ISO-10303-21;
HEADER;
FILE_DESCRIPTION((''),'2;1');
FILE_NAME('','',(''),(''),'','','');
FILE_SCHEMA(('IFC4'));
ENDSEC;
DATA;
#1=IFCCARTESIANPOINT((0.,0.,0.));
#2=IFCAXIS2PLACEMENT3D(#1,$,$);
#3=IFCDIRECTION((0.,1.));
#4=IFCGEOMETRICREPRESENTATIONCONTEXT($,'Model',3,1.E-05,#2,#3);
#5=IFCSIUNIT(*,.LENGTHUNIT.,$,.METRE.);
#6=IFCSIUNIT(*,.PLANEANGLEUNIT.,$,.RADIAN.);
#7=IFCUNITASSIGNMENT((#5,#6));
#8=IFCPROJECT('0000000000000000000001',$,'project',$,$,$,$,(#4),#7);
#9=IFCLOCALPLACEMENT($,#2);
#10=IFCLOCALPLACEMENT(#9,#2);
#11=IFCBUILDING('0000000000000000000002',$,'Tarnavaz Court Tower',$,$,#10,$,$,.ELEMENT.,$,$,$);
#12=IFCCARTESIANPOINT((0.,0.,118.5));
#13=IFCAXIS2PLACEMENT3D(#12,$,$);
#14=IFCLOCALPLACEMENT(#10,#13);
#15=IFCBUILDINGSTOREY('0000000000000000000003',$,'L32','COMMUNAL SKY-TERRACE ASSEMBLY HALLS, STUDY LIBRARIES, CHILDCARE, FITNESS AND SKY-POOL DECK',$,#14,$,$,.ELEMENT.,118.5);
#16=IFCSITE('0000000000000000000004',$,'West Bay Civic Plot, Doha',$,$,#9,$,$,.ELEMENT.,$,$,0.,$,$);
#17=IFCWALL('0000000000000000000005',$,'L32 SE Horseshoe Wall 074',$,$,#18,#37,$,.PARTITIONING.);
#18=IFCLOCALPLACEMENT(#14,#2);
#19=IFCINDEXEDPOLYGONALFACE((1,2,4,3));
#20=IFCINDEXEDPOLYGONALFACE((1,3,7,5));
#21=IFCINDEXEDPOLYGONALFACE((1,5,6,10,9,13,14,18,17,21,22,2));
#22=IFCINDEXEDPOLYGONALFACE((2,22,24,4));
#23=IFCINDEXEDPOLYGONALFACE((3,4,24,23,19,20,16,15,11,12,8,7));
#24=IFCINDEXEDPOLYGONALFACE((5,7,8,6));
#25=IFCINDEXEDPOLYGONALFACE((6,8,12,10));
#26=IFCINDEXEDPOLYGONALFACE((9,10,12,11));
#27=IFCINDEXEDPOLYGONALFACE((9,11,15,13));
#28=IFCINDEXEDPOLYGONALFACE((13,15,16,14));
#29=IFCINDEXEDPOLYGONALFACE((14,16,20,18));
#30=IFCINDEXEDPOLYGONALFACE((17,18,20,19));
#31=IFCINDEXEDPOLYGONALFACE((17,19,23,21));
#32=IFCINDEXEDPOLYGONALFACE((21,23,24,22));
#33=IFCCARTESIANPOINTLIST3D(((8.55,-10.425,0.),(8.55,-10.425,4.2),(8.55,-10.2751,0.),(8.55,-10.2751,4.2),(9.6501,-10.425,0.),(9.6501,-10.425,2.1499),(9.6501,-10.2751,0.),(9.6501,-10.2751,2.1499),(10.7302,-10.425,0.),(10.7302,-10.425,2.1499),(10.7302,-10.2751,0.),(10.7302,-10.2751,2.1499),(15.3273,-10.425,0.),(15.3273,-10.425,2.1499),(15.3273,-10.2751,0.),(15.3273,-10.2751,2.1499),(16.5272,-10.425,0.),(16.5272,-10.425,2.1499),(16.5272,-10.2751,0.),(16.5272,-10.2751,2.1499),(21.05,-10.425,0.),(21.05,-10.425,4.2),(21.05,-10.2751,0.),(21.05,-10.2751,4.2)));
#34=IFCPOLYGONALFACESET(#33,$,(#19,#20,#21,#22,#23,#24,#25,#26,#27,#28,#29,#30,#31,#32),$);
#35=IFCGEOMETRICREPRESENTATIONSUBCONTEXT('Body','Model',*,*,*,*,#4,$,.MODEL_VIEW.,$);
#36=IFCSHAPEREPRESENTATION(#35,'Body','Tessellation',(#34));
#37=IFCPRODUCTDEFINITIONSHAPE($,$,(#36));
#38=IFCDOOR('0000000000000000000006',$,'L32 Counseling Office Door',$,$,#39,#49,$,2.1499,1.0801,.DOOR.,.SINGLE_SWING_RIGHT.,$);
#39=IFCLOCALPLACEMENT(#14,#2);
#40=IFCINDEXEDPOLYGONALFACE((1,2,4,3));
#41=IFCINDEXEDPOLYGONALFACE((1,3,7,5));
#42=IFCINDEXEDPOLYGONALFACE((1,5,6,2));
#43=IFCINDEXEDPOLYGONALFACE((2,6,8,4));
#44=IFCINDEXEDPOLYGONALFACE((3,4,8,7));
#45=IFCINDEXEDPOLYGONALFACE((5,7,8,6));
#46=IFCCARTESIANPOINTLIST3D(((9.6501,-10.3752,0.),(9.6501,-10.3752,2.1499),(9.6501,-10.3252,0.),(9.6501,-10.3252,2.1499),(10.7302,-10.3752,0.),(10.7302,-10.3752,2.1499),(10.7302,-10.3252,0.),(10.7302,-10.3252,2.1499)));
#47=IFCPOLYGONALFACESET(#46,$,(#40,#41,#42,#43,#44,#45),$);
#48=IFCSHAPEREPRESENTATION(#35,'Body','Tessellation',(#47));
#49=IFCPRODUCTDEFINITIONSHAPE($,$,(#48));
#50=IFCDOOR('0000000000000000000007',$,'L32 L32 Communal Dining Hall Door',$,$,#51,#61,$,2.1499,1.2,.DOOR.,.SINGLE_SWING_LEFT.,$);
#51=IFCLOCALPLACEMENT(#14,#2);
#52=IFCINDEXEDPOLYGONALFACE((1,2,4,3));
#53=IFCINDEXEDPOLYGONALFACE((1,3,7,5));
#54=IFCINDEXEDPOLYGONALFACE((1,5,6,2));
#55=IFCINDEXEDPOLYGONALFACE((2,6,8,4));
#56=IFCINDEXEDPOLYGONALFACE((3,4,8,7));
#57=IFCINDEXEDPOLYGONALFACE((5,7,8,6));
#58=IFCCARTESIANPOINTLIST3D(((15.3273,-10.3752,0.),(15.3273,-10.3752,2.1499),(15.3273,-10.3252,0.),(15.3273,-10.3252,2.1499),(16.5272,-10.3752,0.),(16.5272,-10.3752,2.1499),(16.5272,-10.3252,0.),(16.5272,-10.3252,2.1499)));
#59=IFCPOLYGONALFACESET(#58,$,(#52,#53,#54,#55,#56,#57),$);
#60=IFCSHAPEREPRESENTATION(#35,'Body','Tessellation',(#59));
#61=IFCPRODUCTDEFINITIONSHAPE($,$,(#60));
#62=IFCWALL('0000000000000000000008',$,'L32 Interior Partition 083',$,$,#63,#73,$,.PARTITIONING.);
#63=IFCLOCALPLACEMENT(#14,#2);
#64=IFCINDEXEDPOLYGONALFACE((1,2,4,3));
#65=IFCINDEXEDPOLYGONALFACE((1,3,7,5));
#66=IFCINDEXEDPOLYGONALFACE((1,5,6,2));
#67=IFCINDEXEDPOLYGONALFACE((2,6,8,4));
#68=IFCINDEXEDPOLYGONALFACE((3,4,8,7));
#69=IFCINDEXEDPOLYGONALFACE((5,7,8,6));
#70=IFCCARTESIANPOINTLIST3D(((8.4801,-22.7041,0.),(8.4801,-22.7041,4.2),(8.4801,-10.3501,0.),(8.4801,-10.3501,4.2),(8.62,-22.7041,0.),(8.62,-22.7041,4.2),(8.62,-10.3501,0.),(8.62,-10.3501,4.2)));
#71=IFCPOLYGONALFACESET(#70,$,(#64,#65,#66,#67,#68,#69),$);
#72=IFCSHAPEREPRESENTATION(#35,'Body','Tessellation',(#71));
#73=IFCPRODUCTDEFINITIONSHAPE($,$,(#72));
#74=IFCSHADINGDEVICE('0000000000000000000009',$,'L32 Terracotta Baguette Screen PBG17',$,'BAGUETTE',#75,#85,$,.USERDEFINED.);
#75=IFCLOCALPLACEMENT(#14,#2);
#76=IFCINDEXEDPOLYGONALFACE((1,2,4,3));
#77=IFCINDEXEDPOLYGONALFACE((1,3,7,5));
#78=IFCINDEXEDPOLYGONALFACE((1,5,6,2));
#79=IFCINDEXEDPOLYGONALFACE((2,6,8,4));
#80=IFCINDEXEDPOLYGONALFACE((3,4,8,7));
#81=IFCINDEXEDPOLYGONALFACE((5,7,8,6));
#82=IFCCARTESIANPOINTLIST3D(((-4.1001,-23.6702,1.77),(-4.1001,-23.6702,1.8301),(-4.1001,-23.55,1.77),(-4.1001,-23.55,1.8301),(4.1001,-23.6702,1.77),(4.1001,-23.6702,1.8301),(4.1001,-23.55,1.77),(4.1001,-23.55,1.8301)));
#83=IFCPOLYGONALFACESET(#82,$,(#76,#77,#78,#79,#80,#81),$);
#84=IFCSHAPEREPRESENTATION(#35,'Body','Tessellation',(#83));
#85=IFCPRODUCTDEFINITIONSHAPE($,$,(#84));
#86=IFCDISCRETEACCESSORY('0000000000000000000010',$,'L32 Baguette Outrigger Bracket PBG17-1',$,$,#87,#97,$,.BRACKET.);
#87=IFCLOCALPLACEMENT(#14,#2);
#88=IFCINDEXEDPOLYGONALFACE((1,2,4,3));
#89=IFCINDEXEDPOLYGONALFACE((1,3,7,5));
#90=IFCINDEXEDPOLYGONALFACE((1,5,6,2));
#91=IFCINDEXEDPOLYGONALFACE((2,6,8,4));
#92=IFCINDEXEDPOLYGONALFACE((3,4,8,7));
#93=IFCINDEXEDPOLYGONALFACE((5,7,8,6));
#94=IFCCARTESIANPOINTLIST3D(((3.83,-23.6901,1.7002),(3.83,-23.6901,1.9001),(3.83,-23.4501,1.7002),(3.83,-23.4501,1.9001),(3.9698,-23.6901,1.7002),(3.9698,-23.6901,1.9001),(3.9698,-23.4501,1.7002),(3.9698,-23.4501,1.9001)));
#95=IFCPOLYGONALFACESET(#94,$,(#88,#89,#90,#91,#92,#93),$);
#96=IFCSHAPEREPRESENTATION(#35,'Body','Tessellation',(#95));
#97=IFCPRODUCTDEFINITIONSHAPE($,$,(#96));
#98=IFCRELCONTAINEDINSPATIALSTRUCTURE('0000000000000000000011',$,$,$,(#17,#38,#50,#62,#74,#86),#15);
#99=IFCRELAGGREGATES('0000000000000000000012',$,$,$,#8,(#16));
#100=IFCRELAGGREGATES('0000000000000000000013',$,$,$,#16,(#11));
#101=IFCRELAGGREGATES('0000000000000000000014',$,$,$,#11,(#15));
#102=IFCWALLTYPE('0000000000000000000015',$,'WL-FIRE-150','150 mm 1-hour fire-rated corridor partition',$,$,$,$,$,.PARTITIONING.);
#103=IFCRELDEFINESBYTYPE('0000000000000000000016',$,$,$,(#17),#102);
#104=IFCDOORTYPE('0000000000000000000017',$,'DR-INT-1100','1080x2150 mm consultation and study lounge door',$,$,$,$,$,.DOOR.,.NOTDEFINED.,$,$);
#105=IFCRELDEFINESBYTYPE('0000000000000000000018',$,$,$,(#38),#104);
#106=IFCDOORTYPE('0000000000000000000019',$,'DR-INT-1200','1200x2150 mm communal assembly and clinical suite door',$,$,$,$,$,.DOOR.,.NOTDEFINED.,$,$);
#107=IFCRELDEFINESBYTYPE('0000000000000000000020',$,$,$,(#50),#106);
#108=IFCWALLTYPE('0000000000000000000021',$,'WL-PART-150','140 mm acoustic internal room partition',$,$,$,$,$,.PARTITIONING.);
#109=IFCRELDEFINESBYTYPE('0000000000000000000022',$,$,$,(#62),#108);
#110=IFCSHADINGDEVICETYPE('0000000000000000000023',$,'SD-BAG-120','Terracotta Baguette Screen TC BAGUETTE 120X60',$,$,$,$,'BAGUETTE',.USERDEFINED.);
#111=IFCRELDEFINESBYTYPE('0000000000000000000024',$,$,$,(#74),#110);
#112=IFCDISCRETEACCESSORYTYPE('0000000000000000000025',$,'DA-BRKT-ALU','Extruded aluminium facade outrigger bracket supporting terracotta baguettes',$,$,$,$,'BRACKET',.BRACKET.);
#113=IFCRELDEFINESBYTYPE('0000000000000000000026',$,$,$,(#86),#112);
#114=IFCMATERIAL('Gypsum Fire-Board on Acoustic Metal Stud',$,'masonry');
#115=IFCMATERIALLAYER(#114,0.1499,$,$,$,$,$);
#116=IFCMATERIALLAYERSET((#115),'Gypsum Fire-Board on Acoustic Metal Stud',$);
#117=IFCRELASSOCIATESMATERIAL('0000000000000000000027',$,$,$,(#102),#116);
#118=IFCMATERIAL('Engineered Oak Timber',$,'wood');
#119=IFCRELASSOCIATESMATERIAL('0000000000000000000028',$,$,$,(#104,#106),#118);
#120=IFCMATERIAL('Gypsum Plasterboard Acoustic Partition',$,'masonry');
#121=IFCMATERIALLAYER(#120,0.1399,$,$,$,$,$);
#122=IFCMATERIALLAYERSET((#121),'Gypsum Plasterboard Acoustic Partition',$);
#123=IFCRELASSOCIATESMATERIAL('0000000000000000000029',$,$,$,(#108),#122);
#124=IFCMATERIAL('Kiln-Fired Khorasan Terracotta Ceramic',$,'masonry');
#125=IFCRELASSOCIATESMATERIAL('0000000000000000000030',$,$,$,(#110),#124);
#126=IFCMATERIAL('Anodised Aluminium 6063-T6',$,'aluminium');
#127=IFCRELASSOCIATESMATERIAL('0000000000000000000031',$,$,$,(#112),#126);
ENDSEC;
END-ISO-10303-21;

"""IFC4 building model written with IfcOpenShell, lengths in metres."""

from ifc_helpers import new_model, si_unit, direction, frame, frame_2d, origin, origin_2d, place, context, subcontext, project, spatial, rectangle, extrude, material, layer, layer_set, material_profile, profile_set, type_object, element, fill, save


model = new_model("IFC4")

# Units and contexts
model_context = context("Model", 3, precision=1e-05, world=origin(), true_north=direction((0.0, 1.0)))
body_context = subcontext(model_context, "Body", "Model", "MODEL_VIEW")
ifc_project = project(units=[si_unit("LENGTHUNIT", "METRE"), si_unit("PLANEANGLEUNIT", "RADIAN")], contexts=[model_context])

# Site, building, storey
site_placement = place(None, origin())
site = spatial("IfcSite", under=ifc_project, at=site_placement, Name="West Bay Civic Plot, Doha", CompositionType="ELEMENT", RefElevation=0.0)
building_placement = place(site_placement, origin())
building = spatial("IfcBuilding", under=site, at=building_placement, Name="Tarnavaz Court Tower", CompositionType="ELEMENT")
storey_placement = place(building_placement, frame((0.0, 0.0, 118.5)))
storey = spatial("IfcBuildingStorey", under=building, at=storey_placement, Name="L32", Description="COMMUNAL SKY-TERRACE ASSEMBLY HALLS, STUDY LIBRARIES, CHILDCARE, FITNESS AND SKY-POOL DECK", CompositionType="ELEMENT", Elevation=118.5)

# Shared definitions
ifc_material_1 = material(Name="Anodised Aluminium 6063-T6", Category="aluminium")

# Wall, openings, doors
ifc_material_2 = material(Name="Gypsum Fire-Board on Acoustic Metal Stud", Category="masonry")
ifc_layer_1 = layer(ifc_material_2, 0.1499)
ifc_layer_set_1 = layer_set([ifc_layer_1], Name="Gypsum Fire-Board on Acoustic Metal Stud")
wall_type_1 = type_object("IfcWallType", Name="WL-FIRE-150", Description="150 mm 1-hour fire-rated corridor partition", PredefinedType="PARTITIONING", material=ifc_layer_set_1)
wall_1_placement = place(storey_placement, frame((8.55, -10.3501, 0.0), z_axis=(0.0, 0.0, 1.0), x_axis=(1.0, 0.0, 0.0)))
wall_1 = element("IfcWall", 1, at=wall_1_placement, inside=storey, type_object=wall_type_1, Name="L32 SE Horseshoe Wall 074", PredefinedType="PARTITIONING", context=body_context, shape_type="SweptSolid", body=[
    extrude(rectangle(XDim=12.5, YDim=0.1499, at=frame_2d((6.25, 0.0))), origin(), (0.0, 0.0, 1.0), 4.2),
])
opening_1_placement = place(wall_1_placement, frame((1.1001, 0.0, 0.0)))
opening_1 = element("IfcOpeningElement", 2, at=opening_1_placement, cuts=wall_1, PredefinedType="OPENING", context=body_context, shape_type="SweptSolid", body=[
    extrude(rectangle(XDim=1.0801, YDim=2.1499, at=frame_2d((0.54, 1.075))), frame((0.0, 0.085, 0.0), z_axis=(0.0, -1.0, 0.0), x_axis=(1.0, 0.0, 0.0)), (0.0, 0.0, 1.0), 0.1699),
])
opening_2_placement = place(wall_1_placement, frame((6.7771, 0.0, 0.0)))
opening_2 = element("IfcOpeningElement", 3, at=opening_2_placement, cuts=wall_1, PredefinedType="OPENING", context=body_context, shape_type="SweptSolid", body=[
    extrude(rectangle(XDim=1.2, YDim=2.1499, at=frame_2d((0.6001, 1.075))), frame((0.0, 0.085, 0.0), z_axis=(0.0, -1.0, 0.0), x_axis=(1.0, 0.0, 0.0)), (0.0, 0.0, 1.0), 0.1699),
])
ifc_material_3 = material(Name="Engineered Oak Timber", Category="wood")
door_type_1 = type_object("IfcDoorType", Name="DR-INT-1100", Description="1080x2150 mm consultation and study lounge door", OperationType="NOTDEFINED", PredefinedType="DOOR", material=ifc_material_3)
door_1_placement = place(opening_1_placement, origin())
door_1 = element("IfcDoor", 4, at=door_1_placement, inside=storey, type_object=door_type_1, Name="L32 Counseling Office Door", OperationType="SINGLE_SWING_RIGHT", OverallHeight=2.1499, OverallWidth=1.0801, PredefinedType="DOOR", context=body_context, shape_type="SweptSolid", body=[
    extrude(rectangle(XDim=1.0801, YDim=2.1499, at=frame_2d((0.54, 1.075))), frame((0.0, 0.0249, 0.0), z_axis=(0.0, -1.0, 0.0), x_axis=(1.0, 0.0, 0.0)), (0.0, 0.0, 1.0), 0.05),
])
fill(opening_1, door_1)
door_type_2 = type_object("IfcDoorType", Name="DR-INT-1200", Description="1200x2150 mm communal assembly and clinical suite door", OperationType="NOTDEFINED", PredefinedType="DOOR", material=ifc_material_3)
door_2_placement = place(opening_2_placement, origin())
door_2 = element("IfcDoor", 5, at=door_2_placement, inside=storey, type_object=door_type_2, Name="L32 L32 Communal Dining Hall Door", OperationType="SINGLE_SWING_LEFT", OverallHeight=2.1499, OverallWidth=1.2, PredefinedType="DOOR", context=body_context, shape_type="SweptSolid", body=[
    extrude(rectangle(XDim=1.2, YDim=2.1499, at=frame_2d((0.6001, 1.075))), frame((0.0, 0.0249, 0.0), z_axis=(0.0, -1.0, 0.0), x_axis=(1.0, 0.0, 0.0)), (0.0, 0.0, 1.0), 0.05),
])
fill(opening_2, door_2)

# Wall
ifc_material_4 = material(Name="Gypsum Plasterboard Acoustic Partition", Category="masonry")
ifc_layer_2 = layer(ifc_material_4, 0.1399)
ifc_layer_set_2 = layer_set([ifc_layer_2], Name="Gypsum Plasterboard Acoustic Partition")
wall_type_2 = type_object("IfcWallType", Name="WL-PART-150", Description="140 mm acoustic internal room partition", PredefinedType="PARTITIONING", material=ifc_layer_set_2)
wall_2_placement = place(storey_placement, frame((8.55, -22.7041, 0.0), z_axis=(0.0, 0.0, 1.0), x_axis=(0.0, 1.0, 0.0)))
element("IfcWall", 6, at=wall_2_placement, inside=storey, type_object=wall_type_2, Name="L32 Interior Partition 083", PredefinedType="PARTITIONING", context=body_context, shape_type="SweptSolid", body=[
    extrude(rectangle(XDim=12.354, YDim=0.1399, at=frame_2d((6.177, 0.0))), origin(), (0.0, 0.0, 1.0), 4.2),
])

# Shading device
ifc_material_5 = material(Name="Kiln-Fired Khorasan Terracotta Ceramic", Category="masonry")
ifc_material_profile_1 = material_profile(ifc_material_5, rectangle(XDim=0.1201, YDim=0.0601, at=origin_2d()), Name="TC BAGUETTE 120X60")
ifc_profile_set_1 = profile_set([ifc_material_profile_1], Name="Kiln-Fired Khorasan Terracotta Ceramic")
shading_device_type = type_object("IfcShadingDeviceType", Name="SD-BAG-120", Description="Terracotta Baguette Screen TC BAGUETTE 120X60", ElementType="BAGUETTE", PredefinedType="USERDEFINED", material=ifc_profile_set_1)
shading_device_placement = place(storey_placement, frame((4.1001, -23.6101, 1.8), z_axis=(-1.0, 0.0, 0.0), x_axis=(0.0, -1.0, 0.0)))
element("IfcShadingDevice", 7, at=shading_device_placement, inside=storey, type_object=shading_device_type, Name="L32 Terracotta Baguette Screen PBG17", ObjectType="BAGUETTE", PredefinedType="USERDEFINED", context=body_context, shape_type="SweptSolid", body=[
    extrude(rectangle(XDim=0.1201, YDim=0.0601, at=origin_2d()), origin(), (0.0, 0.0, 1.0), 8.2002),
])

# Discrete accessory
discrete_accessory_type = type_object("IfcDiscreteAccessoryType", Name="DA-BRKT-ALU", Description="Extruded aluminium facade outrigger bracket supporting terracotta baguettes", ElementType="BRACKET", PredefinedType="BRACKET", material=ifc_material_1)
discrete_accessory_placement = place(storey_placement, frame((3.8999, -23.5701, 1.7002), z_axis=(0.0, 0.0, 1.0), x_axis=(-1.0, 0.0, 0.0)))
element("IfcDiscreteAccessory", 8, at=discrete_accessory_placement, inside=storey, type_object=discrete_accessory_type, Name="L32 Baguette Outrigger Bracket PBG17-1", PredefinedType="BRACKET", context=body_context, shape_type="SweptSolid", body=[
    extrude(rectangle(XDim=0.1399, YDim=0.24, at=origin_2d()), origin(), (0.0, 0.0, 1.0), 0.2),
])

save(model, "model.ifc")
